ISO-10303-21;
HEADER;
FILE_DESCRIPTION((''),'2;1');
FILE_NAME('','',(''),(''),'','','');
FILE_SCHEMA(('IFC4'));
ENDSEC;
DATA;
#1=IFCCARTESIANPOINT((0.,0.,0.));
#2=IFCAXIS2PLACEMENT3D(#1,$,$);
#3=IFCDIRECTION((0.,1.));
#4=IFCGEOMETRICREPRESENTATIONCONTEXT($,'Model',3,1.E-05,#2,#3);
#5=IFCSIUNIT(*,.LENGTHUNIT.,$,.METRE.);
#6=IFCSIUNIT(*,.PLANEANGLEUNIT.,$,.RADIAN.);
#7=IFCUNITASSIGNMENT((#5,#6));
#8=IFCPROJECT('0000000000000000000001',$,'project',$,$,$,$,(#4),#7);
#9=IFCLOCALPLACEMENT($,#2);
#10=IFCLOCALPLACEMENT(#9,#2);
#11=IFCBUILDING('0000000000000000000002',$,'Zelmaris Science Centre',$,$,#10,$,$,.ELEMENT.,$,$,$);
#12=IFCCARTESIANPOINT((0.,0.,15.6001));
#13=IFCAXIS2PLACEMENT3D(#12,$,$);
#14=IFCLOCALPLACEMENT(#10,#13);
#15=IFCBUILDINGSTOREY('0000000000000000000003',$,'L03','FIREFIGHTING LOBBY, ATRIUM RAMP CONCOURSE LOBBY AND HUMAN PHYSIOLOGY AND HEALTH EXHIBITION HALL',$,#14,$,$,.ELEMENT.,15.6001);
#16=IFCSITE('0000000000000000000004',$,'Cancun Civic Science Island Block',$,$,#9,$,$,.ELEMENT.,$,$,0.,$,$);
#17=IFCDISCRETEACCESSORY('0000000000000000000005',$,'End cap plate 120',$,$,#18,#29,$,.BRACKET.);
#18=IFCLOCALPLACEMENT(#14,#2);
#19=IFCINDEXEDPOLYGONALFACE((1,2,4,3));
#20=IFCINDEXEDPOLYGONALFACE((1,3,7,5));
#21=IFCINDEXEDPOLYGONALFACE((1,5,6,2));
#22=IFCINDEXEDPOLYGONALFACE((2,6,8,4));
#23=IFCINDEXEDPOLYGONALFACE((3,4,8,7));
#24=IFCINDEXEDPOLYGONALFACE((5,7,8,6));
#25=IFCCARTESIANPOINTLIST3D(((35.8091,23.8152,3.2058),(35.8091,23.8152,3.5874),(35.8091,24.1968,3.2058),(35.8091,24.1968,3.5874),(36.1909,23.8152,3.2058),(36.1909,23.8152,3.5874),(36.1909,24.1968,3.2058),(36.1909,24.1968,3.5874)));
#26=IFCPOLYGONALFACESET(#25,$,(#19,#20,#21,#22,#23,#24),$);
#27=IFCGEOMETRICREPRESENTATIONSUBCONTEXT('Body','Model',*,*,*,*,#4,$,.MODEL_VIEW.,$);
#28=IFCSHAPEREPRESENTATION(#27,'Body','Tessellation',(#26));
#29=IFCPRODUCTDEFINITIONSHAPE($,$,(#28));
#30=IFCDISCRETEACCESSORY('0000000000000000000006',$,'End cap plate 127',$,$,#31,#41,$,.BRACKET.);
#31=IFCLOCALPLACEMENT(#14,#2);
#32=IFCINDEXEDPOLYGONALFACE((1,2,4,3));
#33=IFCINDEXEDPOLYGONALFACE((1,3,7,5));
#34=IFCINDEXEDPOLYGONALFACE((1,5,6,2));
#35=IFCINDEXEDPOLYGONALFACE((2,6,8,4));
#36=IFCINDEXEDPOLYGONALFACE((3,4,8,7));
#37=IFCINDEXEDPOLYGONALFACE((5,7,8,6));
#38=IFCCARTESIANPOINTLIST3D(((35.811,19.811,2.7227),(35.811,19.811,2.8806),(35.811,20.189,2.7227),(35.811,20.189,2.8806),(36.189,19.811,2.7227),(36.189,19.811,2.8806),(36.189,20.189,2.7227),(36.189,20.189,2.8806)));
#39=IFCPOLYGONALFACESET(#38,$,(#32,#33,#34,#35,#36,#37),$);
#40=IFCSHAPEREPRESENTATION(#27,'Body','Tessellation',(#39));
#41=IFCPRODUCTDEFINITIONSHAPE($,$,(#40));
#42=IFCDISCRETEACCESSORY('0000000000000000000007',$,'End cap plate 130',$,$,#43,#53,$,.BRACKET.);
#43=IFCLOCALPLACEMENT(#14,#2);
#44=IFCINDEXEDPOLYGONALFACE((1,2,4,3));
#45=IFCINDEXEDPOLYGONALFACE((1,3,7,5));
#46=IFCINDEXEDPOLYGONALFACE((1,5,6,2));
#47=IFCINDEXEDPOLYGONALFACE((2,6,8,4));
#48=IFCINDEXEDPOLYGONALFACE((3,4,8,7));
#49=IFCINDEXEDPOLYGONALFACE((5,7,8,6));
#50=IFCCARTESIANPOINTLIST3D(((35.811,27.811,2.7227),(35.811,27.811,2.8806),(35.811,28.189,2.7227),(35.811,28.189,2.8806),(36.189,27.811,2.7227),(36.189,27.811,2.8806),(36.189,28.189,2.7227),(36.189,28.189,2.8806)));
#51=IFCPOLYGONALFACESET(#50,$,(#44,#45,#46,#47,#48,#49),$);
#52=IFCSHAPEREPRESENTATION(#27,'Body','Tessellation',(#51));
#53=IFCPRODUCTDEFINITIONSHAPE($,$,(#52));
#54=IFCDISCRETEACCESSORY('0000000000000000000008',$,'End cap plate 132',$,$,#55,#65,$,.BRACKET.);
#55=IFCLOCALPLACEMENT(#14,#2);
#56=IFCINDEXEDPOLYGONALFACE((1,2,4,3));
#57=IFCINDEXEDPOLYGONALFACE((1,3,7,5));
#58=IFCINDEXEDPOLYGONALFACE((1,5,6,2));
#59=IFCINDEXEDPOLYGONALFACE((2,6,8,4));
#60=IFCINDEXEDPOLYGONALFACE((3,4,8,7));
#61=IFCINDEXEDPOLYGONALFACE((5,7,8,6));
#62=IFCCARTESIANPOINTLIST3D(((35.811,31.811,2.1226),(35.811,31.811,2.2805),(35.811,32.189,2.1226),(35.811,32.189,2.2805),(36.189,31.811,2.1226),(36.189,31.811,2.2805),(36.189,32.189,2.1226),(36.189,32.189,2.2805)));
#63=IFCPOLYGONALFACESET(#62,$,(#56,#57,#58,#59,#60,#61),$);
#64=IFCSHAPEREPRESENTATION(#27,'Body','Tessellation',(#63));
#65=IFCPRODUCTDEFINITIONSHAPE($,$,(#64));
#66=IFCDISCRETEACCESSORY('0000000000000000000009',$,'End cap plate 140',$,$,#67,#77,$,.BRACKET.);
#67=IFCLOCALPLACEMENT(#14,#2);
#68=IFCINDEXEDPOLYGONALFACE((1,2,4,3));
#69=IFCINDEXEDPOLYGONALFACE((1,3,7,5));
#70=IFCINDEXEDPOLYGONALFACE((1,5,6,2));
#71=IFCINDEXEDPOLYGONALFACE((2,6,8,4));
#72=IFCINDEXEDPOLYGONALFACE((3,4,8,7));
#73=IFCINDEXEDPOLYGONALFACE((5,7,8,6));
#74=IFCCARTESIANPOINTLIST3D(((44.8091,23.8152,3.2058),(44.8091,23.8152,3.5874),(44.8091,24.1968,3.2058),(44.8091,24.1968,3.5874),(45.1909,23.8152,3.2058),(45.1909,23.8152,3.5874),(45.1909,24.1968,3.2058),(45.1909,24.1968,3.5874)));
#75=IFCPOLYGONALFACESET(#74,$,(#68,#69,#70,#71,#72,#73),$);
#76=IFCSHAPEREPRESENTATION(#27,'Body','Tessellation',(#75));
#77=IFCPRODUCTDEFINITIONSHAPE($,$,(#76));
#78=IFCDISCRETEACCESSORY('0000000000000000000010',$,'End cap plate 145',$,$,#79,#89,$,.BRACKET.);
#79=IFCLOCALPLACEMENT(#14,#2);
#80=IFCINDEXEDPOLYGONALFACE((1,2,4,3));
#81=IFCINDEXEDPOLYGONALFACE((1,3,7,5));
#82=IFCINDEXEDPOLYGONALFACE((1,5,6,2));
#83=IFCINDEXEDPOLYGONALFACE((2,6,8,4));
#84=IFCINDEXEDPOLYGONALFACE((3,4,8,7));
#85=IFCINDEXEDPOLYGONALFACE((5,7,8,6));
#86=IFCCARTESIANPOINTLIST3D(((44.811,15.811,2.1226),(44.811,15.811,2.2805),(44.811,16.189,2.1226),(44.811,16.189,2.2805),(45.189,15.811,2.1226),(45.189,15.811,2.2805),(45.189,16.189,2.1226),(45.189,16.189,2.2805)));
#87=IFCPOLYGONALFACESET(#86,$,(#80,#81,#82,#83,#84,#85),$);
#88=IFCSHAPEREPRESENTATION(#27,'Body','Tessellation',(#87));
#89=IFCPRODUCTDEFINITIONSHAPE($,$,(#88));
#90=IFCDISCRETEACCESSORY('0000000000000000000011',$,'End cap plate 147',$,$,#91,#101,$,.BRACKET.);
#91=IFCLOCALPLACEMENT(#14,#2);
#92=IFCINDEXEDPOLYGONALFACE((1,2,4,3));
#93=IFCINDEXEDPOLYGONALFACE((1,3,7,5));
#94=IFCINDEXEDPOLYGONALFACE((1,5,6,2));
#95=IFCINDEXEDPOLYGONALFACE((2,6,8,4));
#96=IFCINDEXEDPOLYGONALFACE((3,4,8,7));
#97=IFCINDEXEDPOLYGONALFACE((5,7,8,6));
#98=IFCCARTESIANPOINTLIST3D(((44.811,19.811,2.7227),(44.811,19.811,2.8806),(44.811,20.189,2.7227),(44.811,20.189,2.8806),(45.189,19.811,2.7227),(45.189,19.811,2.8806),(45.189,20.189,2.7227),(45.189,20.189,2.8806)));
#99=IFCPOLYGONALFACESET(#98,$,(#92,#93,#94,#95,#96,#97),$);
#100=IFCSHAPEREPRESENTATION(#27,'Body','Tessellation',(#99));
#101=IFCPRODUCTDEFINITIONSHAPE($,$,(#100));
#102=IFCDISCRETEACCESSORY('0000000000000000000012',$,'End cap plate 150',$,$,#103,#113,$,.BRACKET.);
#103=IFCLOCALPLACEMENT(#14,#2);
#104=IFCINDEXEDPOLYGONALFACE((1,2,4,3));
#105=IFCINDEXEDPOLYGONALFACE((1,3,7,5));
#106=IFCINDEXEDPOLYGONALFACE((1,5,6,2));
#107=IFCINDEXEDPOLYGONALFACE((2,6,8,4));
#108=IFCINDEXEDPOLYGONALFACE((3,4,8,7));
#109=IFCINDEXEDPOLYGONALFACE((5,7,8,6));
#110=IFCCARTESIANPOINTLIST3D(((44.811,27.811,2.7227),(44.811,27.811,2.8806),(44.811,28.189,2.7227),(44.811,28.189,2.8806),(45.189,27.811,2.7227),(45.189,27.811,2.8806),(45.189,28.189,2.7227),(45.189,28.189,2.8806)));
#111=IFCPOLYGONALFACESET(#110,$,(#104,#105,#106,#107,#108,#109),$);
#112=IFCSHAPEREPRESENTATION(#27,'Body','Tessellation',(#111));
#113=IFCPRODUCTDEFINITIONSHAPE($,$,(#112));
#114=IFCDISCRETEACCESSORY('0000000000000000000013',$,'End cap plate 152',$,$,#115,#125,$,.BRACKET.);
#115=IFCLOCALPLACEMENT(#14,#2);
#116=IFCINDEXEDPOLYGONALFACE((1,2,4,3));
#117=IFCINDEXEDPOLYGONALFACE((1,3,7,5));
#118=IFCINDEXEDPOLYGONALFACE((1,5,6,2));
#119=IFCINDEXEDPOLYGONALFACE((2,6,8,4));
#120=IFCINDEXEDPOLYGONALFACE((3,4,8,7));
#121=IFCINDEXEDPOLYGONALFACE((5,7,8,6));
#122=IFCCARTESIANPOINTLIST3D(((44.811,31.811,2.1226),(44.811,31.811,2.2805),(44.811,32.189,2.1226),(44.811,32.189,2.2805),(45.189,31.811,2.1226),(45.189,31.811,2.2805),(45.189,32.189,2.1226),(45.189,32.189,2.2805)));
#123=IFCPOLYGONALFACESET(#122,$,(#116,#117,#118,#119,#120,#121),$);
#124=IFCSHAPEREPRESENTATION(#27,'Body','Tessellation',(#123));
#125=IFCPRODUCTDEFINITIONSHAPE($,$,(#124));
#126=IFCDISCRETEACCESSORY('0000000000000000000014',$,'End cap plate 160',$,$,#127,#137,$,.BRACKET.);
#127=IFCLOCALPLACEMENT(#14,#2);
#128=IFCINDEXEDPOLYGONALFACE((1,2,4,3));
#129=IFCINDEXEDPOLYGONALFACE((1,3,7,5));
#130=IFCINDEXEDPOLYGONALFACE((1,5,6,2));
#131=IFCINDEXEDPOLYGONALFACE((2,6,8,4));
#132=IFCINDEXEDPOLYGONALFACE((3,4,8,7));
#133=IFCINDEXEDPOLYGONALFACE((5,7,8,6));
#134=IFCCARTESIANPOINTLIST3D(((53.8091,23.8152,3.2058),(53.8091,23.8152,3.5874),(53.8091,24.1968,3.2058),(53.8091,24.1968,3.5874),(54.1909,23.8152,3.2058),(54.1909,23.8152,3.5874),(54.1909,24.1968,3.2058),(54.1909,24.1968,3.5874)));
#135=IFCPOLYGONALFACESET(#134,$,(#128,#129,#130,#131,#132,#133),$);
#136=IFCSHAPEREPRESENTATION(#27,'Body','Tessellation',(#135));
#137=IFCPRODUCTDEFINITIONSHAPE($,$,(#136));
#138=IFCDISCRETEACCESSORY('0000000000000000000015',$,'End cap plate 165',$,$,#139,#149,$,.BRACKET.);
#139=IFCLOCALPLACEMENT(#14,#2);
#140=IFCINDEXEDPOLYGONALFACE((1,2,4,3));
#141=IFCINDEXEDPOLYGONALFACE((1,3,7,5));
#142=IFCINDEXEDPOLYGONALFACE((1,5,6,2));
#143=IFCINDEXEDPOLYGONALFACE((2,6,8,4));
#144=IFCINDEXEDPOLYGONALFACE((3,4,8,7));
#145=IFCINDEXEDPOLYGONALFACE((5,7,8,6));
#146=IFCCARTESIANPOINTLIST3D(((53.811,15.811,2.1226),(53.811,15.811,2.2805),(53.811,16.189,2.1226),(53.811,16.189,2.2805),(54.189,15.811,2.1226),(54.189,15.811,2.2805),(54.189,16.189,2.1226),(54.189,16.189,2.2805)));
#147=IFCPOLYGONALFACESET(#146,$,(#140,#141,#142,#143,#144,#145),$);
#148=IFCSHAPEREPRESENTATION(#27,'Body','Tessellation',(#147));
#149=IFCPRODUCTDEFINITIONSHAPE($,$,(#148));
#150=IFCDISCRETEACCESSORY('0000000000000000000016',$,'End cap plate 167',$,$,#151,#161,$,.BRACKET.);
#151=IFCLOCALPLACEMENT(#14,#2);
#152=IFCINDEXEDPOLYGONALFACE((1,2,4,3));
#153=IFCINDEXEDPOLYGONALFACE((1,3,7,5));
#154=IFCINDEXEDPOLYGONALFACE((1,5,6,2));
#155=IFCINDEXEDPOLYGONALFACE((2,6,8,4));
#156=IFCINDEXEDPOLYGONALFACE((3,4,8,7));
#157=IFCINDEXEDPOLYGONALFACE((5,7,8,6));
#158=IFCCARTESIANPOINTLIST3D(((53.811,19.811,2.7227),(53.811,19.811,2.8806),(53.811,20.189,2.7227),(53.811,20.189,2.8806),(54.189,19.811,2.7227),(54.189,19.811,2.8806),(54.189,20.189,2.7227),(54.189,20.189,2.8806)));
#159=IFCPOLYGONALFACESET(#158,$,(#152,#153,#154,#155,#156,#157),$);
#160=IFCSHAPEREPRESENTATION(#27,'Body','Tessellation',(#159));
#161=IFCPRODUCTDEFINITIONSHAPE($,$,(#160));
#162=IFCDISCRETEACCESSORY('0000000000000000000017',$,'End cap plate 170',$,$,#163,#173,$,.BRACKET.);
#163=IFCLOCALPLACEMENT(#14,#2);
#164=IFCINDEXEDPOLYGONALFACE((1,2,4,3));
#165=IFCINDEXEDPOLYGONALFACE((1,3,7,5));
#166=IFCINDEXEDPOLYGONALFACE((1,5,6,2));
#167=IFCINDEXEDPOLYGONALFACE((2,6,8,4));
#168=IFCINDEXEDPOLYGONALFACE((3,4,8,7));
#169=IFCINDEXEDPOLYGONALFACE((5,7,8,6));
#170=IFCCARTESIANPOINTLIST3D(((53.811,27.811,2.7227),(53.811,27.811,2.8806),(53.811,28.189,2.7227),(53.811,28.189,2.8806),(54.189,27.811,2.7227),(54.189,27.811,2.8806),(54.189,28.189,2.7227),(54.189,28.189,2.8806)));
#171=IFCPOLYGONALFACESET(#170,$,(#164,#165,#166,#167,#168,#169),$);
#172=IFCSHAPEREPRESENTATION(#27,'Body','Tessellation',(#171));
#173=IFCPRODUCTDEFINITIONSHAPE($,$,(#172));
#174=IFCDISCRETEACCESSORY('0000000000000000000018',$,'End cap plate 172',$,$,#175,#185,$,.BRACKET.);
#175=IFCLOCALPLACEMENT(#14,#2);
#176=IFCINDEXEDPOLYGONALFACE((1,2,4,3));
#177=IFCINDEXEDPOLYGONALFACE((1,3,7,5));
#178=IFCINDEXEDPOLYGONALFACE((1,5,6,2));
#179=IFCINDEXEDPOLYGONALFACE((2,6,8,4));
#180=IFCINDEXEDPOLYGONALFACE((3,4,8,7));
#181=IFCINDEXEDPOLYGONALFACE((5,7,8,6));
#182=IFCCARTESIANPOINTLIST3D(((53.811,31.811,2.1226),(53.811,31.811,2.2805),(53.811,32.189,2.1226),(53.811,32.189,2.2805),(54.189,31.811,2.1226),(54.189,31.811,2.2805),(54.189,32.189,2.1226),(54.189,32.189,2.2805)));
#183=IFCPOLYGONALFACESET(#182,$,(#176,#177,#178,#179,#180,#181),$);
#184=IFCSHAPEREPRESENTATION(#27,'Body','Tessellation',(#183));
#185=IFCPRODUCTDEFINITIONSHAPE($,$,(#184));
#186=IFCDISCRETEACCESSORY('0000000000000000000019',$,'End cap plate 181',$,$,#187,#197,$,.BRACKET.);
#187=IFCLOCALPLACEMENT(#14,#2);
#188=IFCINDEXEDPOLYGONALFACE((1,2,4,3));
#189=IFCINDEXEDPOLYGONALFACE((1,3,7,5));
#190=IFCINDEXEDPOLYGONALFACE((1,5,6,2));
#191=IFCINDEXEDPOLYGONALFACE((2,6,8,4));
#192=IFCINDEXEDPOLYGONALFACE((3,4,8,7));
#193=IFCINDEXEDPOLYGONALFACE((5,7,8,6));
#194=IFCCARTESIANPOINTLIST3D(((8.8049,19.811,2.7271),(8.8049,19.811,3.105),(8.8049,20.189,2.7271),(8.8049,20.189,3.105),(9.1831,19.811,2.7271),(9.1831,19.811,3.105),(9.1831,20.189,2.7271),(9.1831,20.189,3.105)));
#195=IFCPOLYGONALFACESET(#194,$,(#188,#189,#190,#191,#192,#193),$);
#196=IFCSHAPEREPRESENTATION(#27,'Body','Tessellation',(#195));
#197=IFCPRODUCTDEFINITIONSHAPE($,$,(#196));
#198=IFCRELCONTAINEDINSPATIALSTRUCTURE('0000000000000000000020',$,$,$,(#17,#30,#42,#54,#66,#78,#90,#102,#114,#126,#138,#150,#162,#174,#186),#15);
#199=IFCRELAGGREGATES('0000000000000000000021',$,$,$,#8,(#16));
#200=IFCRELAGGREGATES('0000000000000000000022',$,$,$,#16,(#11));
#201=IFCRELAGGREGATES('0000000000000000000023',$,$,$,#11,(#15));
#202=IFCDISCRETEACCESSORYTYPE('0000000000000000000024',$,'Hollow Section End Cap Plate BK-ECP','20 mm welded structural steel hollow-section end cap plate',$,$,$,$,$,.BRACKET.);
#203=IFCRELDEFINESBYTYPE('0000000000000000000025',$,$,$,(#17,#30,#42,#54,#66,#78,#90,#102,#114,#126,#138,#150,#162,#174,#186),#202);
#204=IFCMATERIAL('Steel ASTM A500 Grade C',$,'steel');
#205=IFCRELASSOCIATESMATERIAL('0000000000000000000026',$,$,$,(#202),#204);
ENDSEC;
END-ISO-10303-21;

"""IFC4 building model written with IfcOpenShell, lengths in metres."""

from ifc_helpers import new_model, si_unit, direction, frame, origin, place, context, subcontext, project, spatial, polyline, outline, extrude, material, type_object, element, save


model = new_model("IFC4")

# Units and contexts
model_context = context("Model", 3, precision=1e-05, world=origin(), true_north=direction((0.0, 1.0)))
body_context = subcontext(model_context, "Body", "Model", "MODEL_VIEW")
ifc_project = project(units=[si_unit("LENGTHUNIT", "METRE"), si_unit("PLANEANGLEUNIT", "RADIAN")], contexts=[model_context])

# Site, building, storey
site_placement = place(None, origin())
site = spatial("IfcSite", under=ifc_project, at=site_placement, Name="Cancun Civic Science Island Block", CompositionType="ELEMENT", RefElevation=0.0)
building_placement = place(site_placement, origin())
building = spatial("IfcBuilding", under=site, at=building_placement, Name="Zelmaris Science Centre", CompositionType="ELEMENT")
storey_placement = place(building_placement, frame((0.0, 0.0, 15.6001)))
storey = spatial("IfcBuildingStorey", under=building, at=storey_placement, Name="L03", Description="FIREFIGHTING LOBBY, ATRIUM RAMP CONCOURSE LOBBY AND HUMAN PHYSIOLOGY AND HEALTH EXHIBITION HALL", CompositionType="ELEMENT", Elevation=15.6001)

# Discrete accessories
ifc_material = material(Name="Steel ASTM A500 Grade C", Category="steel")
discrete_accessory_type = type_object("IfcDiscreteAccessoryType", Name="Hollow Section End Cap Plate BK-ECP", Description="20 mm welded structural steel hollow-section end cap plate", PredefinedType="BRACKET", material=ifc_material)
discrete_accessory_1_placement = place(storey_placement, frame((0.0, 0.0, 3.2058)))
element("IfcDiscreteAccessory", 1, at=discrete_accessory_1_placement, inside=storey, type_object=discrete_accessory_type, Name="End cap plate 120", PredefinedType="BRACKET", context=body_context, shape_type="SweptSolid", body=[
    extrude(outline(polyline([(35.8091, 23.8152), (36.1909, 23.8152), (36.1909, 24.1968), (35.8091, 24.1968), (35.8091, 23.8152)])), origin(), (0.0, 0.0, 1.0), 0.3816),
])
discrete_accessory_2_placement = place(storey_placement, frame((0.0, 0.0, 2.7227)))
element("IfcDiscreteAccessory", 2, at=discrete_accessory_2_placement, inside=storey, type_object=discrete_accessory_type, Name="End cap plate 127", PredefinedType="BRACKET", context=body_context, shape_type="SweptSolid", body=[
    extrude(outline(polyline([(35.811, 19.811), (36.189, 19.811), (36.189, 20.189), (35.811, 20.189), (35.811, 19.811)])), origin(), (0.0, 0.0, 1.0), 0.158),
])
discrete_accessory_3_placement = place(storey_placement, frame((0.0, 0.0, 2.7227)))
element("IfcDiscreteAccessory", 3, at=discrete_accessory_3_placement, inside=storey, type_object=discrete_accessory_type, Name="End cap plate 130", PredefinedType="BRACKET", context=body_context, shape_type="SweptSolid", body=[
    extrude(outline(polyline([(35.811, 27.811), (36.189, 27.811), (36.189, 28.189), (35.811, 28.189), (35.811, 27.811)])), origin(), (0.0, 0.0, 1.0), 0.158),
])
discrete_accessory_4_placement = place(storey_placement, frame((0.0, 0.0, 2.1226)))
element("IfcDiscreteAccessory", 4, at=discrete_accessory_4_placement, inside=storey, type_object=discrete_accessory_type, Name="End cap plate 132", PredefinedType="BRACKET", context=body_context, shape_type="SweptSolid", body=[
    extrude(outline(polyline([(35.811, 31.811), (36.189, 31.811), (36.189, 32.189), (35.811, 32.189), (35.811, 31.811)])), origin(), (0.0, 0.0, 1.0), 0.158),
])
discrete_accessory_5_placement = place(storey_placement, frame((0.0, 0.0, 3.2058)))
element("IfcDiscreteAccessory", 5, at=discrete_accessory_5_placement, inside=storey, type_object=discrete_accessory_type, Name="End cap plate 140", PredefinedType="BRACKET", context=body_context, shape_type="SweptSolid", body=[
    extrude(outline(polyline([(44.8091, 23.8152), (45.1909, 23.8152), (45.1909, 24.1968), (44.8091, 24.1968), (44.8091, 23.8152)])), origin(), (0.0, 0.0, 1.0), 0.3816),
])
discrete_accessory_6_placement = place(storey_placement, frame((0.0, 0.0, 2.1226)))
element("IfcDiscreteAccessory", 6, at=discrete_accessory_6_placement, inside=storey, type_object=discrete_accessory_type, Name="End cap plate 145", PredefinedType="BRACKET", context=body_context, shape_type="SweptSolid", body=[
    extrude(outline(polyline([(44.811, 15.811), (45.189, 15.811), (45.189, 16.189), (44.811, 16.189), (44.811, 15.811)])), origin(), (0.0, 0.0, 1.0), 0.158),
])
discrete_accessory_7_placement = place(storey_placement, frame((0.0, 0.0, 2.7227)))
element("IfcDiscreteAccessory", 7, at=discrete_accessory_7_placement, inside=storey, type_object=discrete_accessory_type, Name="End cap plate 147", PredefinedType="BRACKET", context=body_context, shape_type="SweptSolid", body=[
    extrude(outline(polyline([(44.811, 19.811), (45.189, 19.811), (45.189, 20.189), (44.811, 20.189), (44.811, 19.811)])), origin(), (0.0, 0.0, 1.0), 0.158),
])
discrete_accessory_8_placement = place(storey_placement, frame((0.0, 0.0, 2.7227)))
element("IfcDiscreteAccessory", 8, at=discrete_accessory_8_placement, inside=storey, type_object=discrete_accessory_type, Name="End cap plate 150", PredefinedType="BRACKET", context=body_context, shape_type="SweptSolid", body=[
    extrude(outline(polyline([(44.811, 27.811), (45.189, 27.811), (45.189, 28.189), (44.811, 28.189), (44.811, 27.811)])), origin(), (0.0, 0.0, 1.0), 0.158),
])
discrete_accessory_9_placement = place(storey_placement, frame((0.0, 0.0, 2.1226)))
element("IfcDiscreteAccessory", 9, at=discrete_accessory_9_placement, inside=storey, type_object=discrete_accessory_type, Name="End cap plate 152", PredefinedType="BRACKET", context=body_context, shape_type="SweptSolid", body=[
    extrude(outline(polyline([(44.811, 31.811), (45.189, 31.811), (45.189, 32.189), (44.811, 32.189), (44.811, 31.811)])), origin(), (0.0, 0.0, 1.0), 0.158),
])
discrete_accessory_10_placement = place(storey_placement, frame((0.0, 0.0, 3.2058)))
element("IfcDiscreteAccessory", 10, at=discrete_accessory_10_placement, inside=storey, type_object=discrete_accessory_type, Name="End cap plate 160", PredefinedType="BRACKET", context=body_context, shape_type="SweptSolid", body=[
    extrude(outline(polyline([(53.8091, 23.8152), (54.1909, 23.8152), (54.1909, 24.1968), (53.8091, 24.1968), (53.8091, 23.8152)])), origin(), (0.0, 0.0, 1.0), 0.3816),
])
discrete_accessory_11_placement = place(storey_placement, frame((0.0, 0.0, 2.1226)))
element("IfcDiscreteAccessory", 11, at=discrete_accessory_11_placement, inside=storey, type_object=discrete_accessory_type, Name="End cap plate 165", PredefinedType="BRACKET", context=body_context, shape_type="SweptSolid", body=[
    extrude(outline(polyline([(53.811, 15.811), (54.189, 15.811), (54.189, 16.189), (53.811, 16.189), (53.811, 15.811)])), origin(), (0.0, 0.0, 1.0), 0.158),
])
discrete_accessory_12_placement = place(storey_placement, frame((0.0, 0.0, 2.7227)))
element("IfcDiscreteAccessory", 12, at=discrete_accessory_12_placement, inside=storey, type_object=discrete_accessory_type, Name="End cap plate 167", PredefinedType="BRACKET", context=body_context, shape_type="SweptSolid", body=[
    extrude(outline(polyline([(53.811, 19.811), (54.189, 19.811), (54.189, 20.189), (53.811, 20.189), (53.811, 19.811)])), origin(), (0.0, 0.0, 1.0), 0.158),
])
discrete_accessory_13_placement = place(storey_placement, frame((0.0, 0.0, 2.7227)))
element("IfcDiscreteAccessory", 13, at=discrete_accessory_13_placement, inside=storey, type_object=discrete_accessory_type, Name="End cap plate 170", PredefinedType="BRACKET", context=body_context, shape_type="SweptSolid", body=[
    extrude(outline(polyline([(53.811, 27.811), (54.189, 27.811), (54.189, 28.189), (53.811, 28.189), (53.811, 27.811)])), origin(), (0.0, 0.0, 1.0), 0.158),
])
discrete_accessory_14_placement = place(storey_placement, frame((0.0, 0.0, 2.1226)))
element("IfcDiscreteAccessory", 14, at=discrete_accessory_14_placement, inside=storey, type_object=discrete_accessory_type, Name="End cap plate 172", PredefinedType="BRACKET", context=body_context, shape_type="SweptSolid", body=[
    extrude(outline(polyline([(53.811, 31.811), (54.189, 31.811), (54.189, 32.189), (53.811, 32.189), (53.811, 31.811)])), origin(), (0.0, 0.0, 1.0), 0.158),
])
discrete_accessory_15_placement = place(storey_placement, frame((0.0, 0.0, 2.7271)))
element("IfcDiscreteAccessory", 15, at=discrete_accessory_15_placement, inside=storey, type_object=discrete_accessory_type, Name="End cap plate 181", PredefinedType="BRACKET", context=body_context, shape_type="SweptSolid", body=[
    extrude(outline(polyline([(8.8049, 19.811), (9.1831, 19.811), (9.1831, 20.189), (8.8049, 20.189), (8.8049, 19.811)])), origin(), (0.0, 0.0, 1.0), 0.3779),
])

save(model, "model.ifc")
